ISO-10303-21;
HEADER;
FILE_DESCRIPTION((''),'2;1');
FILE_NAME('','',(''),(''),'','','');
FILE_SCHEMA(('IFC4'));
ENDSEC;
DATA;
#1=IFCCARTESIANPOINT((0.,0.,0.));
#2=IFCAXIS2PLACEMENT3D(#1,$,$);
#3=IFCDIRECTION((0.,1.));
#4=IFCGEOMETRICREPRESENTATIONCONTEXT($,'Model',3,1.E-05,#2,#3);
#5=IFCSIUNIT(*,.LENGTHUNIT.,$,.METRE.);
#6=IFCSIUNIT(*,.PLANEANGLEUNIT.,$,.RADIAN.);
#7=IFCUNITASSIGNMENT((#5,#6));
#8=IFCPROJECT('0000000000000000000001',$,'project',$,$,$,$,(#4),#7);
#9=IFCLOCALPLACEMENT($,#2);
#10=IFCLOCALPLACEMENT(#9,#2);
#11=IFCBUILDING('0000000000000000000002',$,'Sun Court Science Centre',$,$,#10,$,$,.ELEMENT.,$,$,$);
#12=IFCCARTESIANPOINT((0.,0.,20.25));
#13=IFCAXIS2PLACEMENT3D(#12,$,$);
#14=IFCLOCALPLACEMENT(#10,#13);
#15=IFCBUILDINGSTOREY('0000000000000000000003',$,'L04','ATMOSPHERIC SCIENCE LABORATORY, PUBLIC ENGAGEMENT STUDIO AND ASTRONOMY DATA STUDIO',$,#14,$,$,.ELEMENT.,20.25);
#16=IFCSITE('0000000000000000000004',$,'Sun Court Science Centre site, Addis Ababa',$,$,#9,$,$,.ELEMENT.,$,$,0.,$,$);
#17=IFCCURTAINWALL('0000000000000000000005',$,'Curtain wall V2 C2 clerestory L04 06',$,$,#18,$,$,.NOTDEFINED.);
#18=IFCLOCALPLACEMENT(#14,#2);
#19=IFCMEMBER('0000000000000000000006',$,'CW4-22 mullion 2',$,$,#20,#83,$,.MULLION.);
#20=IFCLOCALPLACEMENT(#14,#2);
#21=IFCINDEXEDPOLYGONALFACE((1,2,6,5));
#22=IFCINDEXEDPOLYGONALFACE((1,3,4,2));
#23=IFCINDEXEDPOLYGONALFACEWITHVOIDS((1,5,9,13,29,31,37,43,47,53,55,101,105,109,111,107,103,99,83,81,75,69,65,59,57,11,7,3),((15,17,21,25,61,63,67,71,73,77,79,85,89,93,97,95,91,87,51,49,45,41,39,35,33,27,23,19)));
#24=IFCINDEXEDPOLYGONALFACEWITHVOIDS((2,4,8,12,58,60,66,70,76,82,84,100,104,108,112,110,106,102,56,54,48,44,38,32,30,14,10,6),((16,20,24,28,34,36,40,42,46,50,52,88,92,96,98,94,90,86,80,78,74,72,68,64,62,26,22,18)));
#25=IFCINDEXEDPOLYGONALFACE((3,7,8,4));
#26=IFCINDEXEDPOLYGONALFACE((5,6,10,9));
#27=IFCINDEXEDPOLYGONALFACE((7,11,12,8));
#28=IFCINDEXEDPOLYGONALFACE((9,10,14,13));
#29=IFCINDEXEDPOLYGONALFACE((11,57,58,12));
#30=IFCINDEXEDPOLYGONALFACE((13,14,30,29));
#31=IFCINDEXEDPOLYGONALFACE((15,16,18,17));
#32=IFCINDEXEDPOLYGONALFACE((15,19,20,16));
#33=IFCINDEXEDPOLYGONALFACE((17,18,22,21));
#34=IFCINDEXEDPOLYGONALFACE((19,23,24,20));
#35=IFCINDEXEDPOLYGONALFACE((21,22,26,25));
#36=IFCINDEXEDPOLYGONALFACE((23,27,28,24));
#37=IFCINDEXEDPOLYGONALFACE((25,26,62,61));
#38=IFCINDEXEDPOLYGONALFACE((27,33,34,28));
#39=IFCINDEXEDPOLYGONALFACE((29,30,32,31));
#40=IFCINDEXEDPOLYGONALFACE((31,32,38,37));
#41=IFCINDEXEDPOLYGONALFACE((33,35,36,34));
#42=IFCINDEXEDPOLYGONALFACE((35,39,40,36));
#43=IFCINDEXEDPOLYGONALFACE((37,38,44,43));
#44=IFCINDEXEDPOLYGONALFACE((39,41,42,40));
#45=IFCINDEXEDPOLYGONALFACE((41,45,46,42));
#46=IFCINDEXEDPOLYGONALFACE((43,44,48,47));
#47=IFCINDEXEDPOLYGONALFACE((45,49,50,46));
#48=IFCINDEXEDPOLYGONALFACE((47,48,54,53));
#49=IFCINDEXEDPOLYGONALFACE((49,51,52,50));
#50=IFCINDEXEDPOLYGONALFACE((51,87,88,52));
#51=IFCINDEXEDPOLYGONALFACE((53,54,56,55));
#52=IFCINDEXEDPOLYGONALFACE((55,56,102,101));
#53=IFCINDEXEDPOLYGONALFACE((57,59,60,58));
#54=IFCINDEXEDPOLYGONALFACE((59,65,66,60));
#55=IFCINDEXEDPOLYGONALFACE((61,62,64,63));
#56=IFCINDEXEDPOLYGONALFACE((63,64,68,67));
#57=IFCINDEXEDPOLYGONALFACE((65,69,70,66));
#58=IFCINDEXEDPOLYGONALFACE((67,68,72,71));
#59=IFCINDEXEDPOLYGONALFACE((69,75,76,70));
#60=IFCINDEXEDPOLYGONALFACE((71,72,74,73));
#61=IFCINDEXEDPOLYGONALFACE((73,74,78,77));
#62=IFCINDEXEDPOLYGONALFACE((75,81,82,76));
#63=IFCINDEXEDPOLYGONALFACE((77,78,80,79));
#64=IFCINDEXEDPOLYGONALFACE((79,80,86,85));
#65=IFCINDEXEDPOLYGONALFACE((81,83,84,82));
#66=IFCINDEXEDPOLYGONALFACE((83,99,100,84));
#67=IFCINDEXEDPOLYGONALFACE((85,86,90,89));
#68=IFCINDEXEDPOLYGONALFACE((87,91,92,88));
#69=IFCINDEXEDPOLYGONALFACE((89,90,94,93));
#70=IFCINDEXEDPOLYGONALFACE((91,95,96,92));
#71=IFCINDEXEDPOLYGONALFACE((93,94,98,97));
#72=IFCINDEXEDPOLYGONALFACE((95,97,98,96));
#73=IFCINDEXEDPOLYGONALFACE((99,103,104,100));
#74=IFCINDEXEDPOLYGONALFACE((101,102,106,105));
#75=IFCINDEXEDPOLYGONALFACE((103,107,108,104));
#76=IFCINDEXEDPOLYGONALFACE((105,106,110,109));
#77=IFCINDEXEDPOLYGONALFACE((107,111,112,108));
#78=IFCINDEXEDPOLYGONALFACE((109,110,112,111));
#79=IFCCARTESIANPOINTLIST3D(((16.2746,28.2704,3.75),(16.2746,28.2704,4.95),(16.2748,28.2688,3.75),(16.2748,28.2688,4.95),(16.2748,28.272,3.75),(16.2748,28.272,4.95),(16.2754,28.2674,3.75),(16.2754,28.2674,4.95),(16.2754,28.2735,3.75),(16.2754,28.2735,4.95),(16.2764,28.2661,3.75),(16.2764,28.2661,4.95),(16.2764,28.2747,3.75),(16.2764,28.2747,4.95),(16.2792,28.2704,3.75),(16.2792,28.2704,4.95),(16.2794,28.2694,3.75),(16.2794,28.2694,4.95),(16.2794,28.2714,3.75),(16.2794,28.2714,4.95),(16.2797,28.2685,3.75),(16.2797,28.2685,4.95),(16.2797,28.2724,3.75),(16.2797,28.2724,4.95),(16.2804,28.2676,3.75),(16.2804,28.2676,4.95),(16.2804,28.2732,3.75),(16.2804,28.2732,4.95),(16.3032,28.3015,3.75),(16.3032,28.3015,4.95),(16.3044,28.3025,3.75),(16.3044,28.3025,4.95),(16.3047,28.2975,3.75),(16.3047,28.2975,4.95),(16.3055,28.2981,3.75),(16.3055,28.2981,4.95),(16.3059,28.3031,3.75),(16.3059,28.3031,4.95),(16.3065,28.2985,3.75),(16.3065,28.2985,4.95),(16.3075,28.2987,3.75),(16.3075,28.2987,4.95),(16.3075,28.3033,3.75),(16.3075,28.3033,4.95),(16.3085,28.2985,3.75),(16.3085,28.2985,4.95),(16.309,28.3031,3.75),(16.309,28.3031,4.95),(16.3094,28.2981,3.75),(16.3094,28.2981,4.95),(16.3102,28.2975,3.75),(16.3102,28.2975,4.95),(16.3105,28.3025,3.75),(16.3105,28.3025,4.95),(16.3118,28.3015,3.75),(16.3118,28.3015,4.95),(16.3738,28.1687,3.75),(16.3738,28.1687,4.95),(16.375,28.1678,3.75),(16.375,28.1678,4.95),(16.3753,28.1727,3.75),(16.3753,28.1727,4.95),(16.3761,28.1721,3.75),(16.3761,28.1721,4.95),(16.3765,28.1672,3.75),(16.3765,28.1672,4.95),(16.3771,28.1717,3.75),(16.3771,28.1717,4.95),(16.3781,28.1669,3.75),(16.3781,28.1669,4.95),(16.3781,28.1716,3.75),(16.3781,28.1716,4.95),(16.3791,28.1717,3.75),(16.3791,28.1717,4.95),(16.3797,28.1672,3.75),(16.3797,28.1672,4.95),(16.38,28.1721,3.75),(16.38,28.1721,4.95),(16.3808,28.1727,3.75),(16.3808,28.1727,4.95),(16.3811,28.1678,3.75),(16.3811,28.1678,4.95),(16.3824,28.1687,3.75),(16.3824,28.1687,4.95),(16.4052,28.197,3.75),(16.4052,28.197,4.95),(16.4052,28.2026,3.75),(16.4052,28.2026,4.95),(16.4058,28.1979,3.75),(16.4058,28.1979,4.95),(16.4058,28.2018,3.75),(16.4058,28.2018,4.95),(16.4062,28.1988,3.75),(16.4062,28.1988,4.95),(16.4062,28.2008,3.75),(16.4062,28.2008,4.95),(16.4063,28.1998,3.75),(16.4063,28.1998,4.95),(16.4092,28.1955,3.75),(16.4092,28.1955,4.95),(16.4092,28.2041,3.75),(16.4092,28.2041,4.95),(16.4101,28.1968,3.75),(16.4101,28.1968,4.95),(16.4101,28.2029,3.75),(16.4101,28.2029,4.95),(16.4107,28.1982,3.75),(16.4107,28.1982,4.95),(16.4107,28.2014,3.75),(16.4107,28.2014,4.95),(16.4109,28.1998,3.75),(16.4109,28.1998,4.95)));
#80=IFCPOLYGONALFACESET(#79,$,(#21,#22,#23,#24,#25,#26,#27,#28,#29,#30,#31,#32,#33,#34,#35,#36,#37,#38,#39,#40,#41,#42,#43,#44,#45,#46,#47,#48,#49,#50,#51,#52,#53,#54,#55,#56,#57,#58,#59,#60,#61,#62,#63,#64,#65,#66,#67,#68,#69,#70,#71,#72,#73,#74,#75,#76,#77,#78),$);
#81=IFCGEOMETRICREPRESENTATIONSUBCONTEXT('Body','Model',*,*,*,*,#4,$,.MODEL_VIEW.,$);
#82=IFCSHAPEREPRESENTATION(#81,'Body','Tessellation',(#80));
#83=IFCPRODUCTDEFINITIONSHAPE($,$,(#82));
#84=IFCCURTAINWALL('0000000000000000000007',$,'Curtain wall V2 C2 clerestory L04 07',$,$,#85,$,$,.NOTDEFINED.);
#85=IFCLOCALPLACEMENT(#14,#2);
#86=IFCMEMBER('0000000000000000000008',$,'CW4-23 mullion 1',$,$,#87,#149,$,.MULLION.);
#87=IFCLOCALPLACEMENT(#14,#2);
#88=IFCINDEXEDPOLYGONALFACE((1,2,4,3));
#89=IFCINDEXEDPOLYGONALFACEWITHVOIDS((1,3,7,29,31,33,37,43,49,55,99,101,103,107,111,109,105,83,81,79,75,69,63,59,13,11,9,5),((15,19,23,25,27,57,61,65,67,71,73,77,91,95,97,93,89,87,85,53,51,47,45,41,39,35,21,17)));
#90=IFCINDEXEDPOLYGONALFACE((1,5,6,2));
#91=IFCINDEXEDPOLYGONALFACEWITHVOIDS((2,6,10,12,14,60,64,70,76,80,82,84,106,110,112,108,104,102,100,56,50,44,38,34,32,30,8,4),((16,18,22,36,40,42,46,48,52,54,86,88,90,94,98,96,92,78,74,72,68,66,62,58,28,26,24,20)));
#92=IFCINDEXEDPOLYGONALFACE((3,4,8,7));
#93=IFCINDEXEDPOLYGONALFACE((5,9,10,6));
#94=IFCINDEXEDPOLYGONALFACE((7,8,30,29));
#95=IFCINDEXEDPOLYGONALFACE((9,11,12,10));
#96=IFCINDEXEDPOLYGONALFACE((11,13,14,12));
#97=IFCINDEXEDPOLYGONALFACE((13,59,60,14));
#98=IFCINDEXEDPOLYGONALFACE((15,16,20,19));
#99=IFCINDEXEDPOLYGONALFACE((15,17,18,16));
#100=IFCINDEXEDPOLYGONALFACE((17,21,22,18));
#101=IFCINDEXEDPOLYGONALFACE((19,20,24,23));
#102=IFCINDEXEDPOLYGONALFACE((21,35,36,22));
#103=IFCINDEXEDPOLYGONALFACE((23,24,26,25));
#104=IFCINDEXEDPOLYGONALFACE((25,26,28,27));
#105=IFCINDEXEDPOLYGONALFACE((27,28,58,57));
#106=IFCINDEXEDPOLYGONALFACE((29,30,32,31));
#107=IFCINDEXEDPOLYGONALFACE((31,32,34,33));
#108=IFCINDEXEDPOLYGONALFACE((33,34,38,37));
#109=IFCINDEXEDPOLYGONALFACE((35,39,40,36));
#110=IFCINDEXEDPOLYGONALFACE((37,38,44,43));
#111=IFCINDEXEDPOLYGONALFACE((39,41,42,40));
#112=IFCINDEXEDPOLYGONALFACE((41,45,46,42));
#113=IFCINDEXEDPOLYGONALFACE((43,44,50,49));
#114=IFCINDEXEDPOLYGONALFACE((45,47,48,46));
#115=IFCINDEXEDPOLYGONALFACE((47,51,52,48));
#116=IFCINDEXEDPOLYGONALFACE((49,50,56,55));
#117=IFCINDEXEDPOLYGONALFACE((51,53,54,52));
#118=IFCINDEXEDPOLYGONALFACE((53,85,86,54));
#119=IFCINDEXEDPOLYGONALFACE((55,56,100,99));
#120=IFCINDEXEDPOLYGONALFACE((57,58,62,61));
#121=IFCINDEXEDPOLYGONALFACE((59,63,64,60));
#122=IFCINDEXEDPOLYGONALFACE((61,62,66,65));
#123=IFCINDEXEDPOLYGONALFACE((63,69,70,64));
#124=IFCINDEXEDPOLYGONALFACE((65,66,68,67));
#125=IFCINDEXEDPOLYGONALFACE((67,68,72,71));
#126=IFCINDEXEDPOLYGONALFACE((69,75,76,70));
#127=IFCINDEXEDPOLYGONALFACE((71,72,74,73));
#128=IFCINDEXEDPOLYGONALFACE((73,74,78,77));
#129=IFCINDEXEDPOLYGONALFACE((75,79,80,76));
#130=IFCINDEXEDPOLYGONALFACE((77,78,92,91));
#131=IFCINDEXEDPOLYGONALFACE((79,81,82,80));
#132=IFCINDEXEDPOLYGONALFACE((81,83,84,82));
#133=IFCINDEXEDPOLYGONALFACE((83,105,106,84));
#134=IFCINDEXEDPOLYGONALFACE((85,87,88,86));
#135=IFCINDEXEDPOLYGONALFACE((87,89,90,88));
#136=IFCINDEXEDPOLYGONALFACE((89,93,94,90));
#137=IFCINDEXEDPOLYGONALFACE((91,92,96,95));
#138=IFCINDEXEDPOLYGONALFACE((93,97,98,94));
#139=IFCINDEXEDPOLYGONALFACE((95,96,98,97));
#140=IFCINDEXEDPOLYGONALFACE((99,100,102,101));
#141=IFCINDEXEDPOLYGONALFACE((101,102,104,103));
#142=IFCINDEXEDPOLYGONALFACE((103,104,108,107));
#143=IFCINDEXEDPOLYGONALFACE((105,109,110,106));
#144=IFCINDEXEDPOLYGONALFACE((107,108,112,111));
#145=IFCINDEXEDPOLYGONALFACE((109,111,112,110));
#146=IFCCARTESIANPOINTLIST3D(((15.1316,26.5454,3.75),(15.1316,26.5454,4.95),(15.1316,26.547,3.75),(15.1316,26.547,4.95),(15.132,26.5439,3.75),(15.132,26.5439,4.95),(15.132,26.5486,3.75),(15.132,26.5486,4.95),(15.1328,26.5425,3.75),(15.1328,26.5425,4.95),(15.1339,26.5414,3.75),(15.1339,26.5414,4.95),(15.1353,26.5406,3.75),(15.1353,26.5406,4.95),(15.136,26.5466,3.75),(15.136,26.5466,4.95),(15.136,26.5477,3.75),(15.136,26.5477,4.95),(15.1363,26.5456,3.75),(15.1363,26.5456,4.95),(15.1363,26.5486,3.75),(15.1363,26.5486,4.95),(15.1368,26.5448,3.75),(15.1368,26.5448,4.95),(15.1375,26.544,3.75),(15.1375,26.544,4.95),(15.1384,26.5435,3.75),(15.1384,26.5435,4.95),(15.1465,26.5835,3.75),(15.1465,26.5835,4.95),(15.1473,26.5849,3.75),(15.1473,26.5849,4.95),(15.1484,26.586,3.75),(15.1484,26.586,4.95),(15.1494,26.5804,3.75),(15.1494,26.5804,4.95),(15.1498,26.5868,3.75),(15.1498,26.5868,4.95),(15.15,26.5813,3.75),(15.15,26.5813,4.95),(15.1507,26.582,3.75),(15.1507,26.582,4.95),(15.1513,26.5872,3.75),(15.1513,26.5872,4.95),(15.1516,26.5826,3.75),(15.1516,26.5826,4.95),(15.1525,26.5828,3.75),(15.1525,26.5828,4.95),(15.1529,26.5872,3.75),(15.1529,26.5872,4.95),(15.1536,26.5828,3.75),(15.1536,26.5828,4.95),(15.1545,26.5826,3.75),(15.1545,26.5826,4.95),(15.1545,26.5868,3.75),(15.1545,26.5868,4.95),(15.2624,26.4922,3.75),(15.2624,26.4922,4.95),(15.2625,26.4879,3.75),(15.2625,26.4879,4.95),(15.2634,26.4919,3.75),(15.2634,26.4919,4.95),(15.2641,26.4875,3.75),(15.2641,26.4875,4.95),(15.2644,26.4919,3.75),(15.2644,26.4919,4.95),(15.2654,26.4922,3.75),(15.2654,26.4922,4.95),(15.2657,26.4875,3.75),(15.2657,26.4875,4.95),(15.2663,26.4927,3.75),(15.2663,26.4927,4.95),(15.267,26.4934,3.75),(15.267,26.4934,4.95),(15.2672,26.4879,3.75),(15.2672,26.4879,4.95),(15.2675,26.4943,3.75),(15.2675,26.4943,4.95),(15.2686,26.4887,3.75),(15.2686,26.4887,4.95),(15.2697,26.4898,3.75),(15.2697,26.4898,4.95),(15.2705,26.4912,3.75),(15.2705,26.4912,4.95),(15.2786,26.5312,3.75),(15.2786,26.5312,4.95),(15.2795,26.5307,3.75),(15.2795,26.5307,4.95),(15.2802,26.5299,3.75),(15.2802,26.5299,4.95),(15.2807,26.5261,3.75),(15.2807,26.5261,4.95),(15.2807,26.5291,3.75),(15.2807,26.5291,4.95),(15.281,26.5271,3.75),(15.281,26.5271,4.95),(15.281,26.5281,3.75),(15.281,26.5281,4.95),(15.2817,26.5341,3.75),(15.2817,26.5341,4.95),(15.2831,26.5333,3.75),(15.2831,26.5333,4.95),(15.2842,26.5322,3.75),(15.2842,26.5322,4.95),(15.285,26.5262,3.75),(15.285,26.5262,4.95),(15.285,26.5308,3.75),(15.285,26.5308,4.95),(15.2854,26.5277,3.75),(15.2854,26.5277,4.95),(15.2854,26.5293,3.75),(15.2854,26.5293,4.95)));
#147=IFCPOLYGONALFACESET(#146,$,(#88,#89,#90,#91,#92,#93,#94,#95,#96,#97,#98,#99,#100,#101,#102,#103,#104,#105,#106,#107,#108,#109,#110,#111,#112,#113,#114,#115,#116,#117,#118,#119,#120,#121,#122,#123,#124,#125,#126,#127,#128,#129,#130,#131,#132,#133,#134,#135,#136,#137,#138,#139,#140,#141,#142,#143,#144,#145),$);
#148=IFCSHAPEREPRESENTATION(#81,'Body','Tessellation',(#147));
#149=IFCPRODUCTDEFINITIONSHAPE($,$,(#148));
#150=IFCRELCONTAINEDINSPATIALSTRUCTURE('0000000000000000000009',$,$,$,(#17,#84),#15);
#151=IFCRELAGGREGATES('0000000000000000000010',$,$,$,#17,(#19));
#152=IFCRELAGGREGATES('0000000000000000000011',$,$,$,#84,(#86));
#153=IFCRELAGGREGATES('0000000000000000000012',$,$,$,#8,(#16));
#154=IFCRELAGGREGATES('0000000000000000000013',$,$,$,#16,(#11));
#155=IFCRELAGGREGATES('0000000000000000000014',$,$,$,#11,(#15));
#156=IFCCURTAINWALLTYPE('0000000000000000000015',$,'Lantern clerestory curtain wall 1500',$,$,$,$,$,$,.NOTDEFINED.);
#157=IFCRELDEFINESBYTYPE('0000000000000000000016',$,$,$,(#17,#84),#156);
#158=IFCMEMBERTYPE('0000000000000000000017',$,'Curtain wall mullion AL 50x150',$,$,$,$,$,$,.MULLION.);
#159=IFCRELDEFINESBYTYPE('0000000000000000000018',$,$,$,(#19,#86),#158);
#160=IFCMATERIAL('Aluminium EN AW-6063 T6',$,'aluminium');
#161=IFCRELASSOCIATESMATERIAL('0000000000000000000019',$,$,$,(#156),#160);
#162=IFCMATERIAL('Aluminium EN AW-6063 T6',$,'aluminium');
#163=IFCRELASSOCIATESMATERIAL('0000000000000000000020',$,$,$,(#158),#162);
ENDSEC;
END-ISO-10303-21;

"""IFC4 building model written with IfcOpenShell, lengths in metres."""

from ifc_helpers import new_model, si_unit, direction, frame, origin, origin_2d, place, context, subcontext, project, spatial, hollow_rectangle, extrude, material, material_profile, profile_set, type_object, element, aggregate, save


model = new_model("IFC4")

# Units and contexts
model_context = context("Model", 3, precision=1e-05, world=origin(), true_north=direction((0.0, 1.0)))
body_context = subcontext(model_context, "Body", "Model", "MODEL_VIEW")
ifc_project = project(units=[si_unit("LENGTHUNIT", "METRE"), si_unit("PLANEANGLEUNIT", "RADIAN")], contexts=[model_context])

# Site, building, storey
site_placement = place(None, origin())
site = spatial("IfcSite", under=ifc_project, at=site_placement, Name="Sun Court Science Centre site, Addis Ababa", CompositionType="ELEMENT", RefElevation=0.0)
building_placement = place(site_placement, origin())
building = spatial("IfcBuilding", under=site, at=building_placement, Name="Sun Court Science Centre", CompositionType="ELEMENT")
storey_placement = place(building_placement, frame((0.0, 0.0, 20.25)))
storey = spatial("IfcBuildingStorey", under=building, at=storey_placement, Name="L04", Description="ATMOSPHERIC SCIENCE LABORATORY, PUBLIC ENGAGEMENT STUDIO AND ASTRONOMY DATA STUDIO", CompositionType="ELEMENT", Elevation=20.25)

# Shared definitions
ifc_material_1 = material(Name="Aluminium EN AW-6063 T6", Category="aluminium")
curtain_wall_type = type_object("IfcCurtainWallType", Name="Lantern clerestory curtain wall 1500", PredefinedType="NOTDEFINED", material=ifc_material_1)
ifc_material_2 = material(Name="Aluminium EN AW-6063 T6", Category="aluminium")
ifc_material_profile_1 = material_profile(ifc_material_2, hollow_rectangle(XDim=0.05, YDim=0.1499, WallThickness=0.0039, InnerFilletRadius=0.0039, OuterFilletRadius=0.0061, at=origin_2d()), Name="AL 50x150x4")
ifc_profile_set_1 = profile_set([ifc_material_profile_1], Name="Aluminium EN AW-6063 T6")
member_type_1 = type_object("IfcMemberType", Name="Curtain wall mullion AL 50x150", PredefinedType="MULLION", material=ifc_profile_set_1)

# Curtain walls, members
curtain_wall_1_placement = place(storey_placement, origin())
curtain_wall_1 = element("IfcCurtainWall", 1, at=curtain_wall_1_placement, inside=storey, type_object=curtain_wall_type, Name="Curtain wall V2 C2 clerestory L04 06", PredefinedType="NOTDEFINED")
member_1_placement = place(storey_placement, frame((16.3428, 28.2351, 3.75), z_axis=(0.0, 0.0, 1.0), x_axis=(0.707107, 0.707107, 0.0)))
member_1 = element("IfcMember", 2, at=member_1_placement, type_object=member_type_1, Name="CW4-22 mullion 2", PredefinedType="MULLION", context=body_context, shape_type="SweptSolid", body=[
    extrude(hollow_rectangle(XDim=0.05, YDim=0.1499, WallThickness=0.0039, InnerFilletRadius=0.0039, OuterFilletRadius=0.0061, at=origin_2d()), origin(), (0.0, 0.0, 1.0), 1.2),
])
aggregate(curtain_wall_1, [member_1])
curtain_wall_2_placement = place(storey_placement, origin())
curtain_wall_2 = element("IfcCurtainWall", 3, at=curtain_wall_2_placement, inside=storey, type_object=curtain_wall_type, Name="Curtain wall V2 C2 clerestory L04 07", PredefinedType="NOTDEFINED")
member_2_placement = place(storey_placement, frame((15.2085, 26.5374, 3.75), z_axis=(0.0, 0.0, 1.0), x_axis=(0.382683, 0.92388, 0.0)))
member_2 = element("IfcMember", 4, at=member_2_placement, type_object=member_type_1, Name="CW4-23 mullion 1", PredefinedType="MULLION", context=body_context, shape_type="SweptSolid", body=[
    extrude(hollow_rectangle(XDim=0.05, YDim=0.1499, WallThickness=0.0039, InnerFilletRadius=0.0039, OuterFilletRadius=0.0061, at=origin_2d()), origin(), (0.0, 0.0, 1.0), 1.2),
])
aggregate(curtain_wall_2, [member_2])

save(model, "model.ifc")
